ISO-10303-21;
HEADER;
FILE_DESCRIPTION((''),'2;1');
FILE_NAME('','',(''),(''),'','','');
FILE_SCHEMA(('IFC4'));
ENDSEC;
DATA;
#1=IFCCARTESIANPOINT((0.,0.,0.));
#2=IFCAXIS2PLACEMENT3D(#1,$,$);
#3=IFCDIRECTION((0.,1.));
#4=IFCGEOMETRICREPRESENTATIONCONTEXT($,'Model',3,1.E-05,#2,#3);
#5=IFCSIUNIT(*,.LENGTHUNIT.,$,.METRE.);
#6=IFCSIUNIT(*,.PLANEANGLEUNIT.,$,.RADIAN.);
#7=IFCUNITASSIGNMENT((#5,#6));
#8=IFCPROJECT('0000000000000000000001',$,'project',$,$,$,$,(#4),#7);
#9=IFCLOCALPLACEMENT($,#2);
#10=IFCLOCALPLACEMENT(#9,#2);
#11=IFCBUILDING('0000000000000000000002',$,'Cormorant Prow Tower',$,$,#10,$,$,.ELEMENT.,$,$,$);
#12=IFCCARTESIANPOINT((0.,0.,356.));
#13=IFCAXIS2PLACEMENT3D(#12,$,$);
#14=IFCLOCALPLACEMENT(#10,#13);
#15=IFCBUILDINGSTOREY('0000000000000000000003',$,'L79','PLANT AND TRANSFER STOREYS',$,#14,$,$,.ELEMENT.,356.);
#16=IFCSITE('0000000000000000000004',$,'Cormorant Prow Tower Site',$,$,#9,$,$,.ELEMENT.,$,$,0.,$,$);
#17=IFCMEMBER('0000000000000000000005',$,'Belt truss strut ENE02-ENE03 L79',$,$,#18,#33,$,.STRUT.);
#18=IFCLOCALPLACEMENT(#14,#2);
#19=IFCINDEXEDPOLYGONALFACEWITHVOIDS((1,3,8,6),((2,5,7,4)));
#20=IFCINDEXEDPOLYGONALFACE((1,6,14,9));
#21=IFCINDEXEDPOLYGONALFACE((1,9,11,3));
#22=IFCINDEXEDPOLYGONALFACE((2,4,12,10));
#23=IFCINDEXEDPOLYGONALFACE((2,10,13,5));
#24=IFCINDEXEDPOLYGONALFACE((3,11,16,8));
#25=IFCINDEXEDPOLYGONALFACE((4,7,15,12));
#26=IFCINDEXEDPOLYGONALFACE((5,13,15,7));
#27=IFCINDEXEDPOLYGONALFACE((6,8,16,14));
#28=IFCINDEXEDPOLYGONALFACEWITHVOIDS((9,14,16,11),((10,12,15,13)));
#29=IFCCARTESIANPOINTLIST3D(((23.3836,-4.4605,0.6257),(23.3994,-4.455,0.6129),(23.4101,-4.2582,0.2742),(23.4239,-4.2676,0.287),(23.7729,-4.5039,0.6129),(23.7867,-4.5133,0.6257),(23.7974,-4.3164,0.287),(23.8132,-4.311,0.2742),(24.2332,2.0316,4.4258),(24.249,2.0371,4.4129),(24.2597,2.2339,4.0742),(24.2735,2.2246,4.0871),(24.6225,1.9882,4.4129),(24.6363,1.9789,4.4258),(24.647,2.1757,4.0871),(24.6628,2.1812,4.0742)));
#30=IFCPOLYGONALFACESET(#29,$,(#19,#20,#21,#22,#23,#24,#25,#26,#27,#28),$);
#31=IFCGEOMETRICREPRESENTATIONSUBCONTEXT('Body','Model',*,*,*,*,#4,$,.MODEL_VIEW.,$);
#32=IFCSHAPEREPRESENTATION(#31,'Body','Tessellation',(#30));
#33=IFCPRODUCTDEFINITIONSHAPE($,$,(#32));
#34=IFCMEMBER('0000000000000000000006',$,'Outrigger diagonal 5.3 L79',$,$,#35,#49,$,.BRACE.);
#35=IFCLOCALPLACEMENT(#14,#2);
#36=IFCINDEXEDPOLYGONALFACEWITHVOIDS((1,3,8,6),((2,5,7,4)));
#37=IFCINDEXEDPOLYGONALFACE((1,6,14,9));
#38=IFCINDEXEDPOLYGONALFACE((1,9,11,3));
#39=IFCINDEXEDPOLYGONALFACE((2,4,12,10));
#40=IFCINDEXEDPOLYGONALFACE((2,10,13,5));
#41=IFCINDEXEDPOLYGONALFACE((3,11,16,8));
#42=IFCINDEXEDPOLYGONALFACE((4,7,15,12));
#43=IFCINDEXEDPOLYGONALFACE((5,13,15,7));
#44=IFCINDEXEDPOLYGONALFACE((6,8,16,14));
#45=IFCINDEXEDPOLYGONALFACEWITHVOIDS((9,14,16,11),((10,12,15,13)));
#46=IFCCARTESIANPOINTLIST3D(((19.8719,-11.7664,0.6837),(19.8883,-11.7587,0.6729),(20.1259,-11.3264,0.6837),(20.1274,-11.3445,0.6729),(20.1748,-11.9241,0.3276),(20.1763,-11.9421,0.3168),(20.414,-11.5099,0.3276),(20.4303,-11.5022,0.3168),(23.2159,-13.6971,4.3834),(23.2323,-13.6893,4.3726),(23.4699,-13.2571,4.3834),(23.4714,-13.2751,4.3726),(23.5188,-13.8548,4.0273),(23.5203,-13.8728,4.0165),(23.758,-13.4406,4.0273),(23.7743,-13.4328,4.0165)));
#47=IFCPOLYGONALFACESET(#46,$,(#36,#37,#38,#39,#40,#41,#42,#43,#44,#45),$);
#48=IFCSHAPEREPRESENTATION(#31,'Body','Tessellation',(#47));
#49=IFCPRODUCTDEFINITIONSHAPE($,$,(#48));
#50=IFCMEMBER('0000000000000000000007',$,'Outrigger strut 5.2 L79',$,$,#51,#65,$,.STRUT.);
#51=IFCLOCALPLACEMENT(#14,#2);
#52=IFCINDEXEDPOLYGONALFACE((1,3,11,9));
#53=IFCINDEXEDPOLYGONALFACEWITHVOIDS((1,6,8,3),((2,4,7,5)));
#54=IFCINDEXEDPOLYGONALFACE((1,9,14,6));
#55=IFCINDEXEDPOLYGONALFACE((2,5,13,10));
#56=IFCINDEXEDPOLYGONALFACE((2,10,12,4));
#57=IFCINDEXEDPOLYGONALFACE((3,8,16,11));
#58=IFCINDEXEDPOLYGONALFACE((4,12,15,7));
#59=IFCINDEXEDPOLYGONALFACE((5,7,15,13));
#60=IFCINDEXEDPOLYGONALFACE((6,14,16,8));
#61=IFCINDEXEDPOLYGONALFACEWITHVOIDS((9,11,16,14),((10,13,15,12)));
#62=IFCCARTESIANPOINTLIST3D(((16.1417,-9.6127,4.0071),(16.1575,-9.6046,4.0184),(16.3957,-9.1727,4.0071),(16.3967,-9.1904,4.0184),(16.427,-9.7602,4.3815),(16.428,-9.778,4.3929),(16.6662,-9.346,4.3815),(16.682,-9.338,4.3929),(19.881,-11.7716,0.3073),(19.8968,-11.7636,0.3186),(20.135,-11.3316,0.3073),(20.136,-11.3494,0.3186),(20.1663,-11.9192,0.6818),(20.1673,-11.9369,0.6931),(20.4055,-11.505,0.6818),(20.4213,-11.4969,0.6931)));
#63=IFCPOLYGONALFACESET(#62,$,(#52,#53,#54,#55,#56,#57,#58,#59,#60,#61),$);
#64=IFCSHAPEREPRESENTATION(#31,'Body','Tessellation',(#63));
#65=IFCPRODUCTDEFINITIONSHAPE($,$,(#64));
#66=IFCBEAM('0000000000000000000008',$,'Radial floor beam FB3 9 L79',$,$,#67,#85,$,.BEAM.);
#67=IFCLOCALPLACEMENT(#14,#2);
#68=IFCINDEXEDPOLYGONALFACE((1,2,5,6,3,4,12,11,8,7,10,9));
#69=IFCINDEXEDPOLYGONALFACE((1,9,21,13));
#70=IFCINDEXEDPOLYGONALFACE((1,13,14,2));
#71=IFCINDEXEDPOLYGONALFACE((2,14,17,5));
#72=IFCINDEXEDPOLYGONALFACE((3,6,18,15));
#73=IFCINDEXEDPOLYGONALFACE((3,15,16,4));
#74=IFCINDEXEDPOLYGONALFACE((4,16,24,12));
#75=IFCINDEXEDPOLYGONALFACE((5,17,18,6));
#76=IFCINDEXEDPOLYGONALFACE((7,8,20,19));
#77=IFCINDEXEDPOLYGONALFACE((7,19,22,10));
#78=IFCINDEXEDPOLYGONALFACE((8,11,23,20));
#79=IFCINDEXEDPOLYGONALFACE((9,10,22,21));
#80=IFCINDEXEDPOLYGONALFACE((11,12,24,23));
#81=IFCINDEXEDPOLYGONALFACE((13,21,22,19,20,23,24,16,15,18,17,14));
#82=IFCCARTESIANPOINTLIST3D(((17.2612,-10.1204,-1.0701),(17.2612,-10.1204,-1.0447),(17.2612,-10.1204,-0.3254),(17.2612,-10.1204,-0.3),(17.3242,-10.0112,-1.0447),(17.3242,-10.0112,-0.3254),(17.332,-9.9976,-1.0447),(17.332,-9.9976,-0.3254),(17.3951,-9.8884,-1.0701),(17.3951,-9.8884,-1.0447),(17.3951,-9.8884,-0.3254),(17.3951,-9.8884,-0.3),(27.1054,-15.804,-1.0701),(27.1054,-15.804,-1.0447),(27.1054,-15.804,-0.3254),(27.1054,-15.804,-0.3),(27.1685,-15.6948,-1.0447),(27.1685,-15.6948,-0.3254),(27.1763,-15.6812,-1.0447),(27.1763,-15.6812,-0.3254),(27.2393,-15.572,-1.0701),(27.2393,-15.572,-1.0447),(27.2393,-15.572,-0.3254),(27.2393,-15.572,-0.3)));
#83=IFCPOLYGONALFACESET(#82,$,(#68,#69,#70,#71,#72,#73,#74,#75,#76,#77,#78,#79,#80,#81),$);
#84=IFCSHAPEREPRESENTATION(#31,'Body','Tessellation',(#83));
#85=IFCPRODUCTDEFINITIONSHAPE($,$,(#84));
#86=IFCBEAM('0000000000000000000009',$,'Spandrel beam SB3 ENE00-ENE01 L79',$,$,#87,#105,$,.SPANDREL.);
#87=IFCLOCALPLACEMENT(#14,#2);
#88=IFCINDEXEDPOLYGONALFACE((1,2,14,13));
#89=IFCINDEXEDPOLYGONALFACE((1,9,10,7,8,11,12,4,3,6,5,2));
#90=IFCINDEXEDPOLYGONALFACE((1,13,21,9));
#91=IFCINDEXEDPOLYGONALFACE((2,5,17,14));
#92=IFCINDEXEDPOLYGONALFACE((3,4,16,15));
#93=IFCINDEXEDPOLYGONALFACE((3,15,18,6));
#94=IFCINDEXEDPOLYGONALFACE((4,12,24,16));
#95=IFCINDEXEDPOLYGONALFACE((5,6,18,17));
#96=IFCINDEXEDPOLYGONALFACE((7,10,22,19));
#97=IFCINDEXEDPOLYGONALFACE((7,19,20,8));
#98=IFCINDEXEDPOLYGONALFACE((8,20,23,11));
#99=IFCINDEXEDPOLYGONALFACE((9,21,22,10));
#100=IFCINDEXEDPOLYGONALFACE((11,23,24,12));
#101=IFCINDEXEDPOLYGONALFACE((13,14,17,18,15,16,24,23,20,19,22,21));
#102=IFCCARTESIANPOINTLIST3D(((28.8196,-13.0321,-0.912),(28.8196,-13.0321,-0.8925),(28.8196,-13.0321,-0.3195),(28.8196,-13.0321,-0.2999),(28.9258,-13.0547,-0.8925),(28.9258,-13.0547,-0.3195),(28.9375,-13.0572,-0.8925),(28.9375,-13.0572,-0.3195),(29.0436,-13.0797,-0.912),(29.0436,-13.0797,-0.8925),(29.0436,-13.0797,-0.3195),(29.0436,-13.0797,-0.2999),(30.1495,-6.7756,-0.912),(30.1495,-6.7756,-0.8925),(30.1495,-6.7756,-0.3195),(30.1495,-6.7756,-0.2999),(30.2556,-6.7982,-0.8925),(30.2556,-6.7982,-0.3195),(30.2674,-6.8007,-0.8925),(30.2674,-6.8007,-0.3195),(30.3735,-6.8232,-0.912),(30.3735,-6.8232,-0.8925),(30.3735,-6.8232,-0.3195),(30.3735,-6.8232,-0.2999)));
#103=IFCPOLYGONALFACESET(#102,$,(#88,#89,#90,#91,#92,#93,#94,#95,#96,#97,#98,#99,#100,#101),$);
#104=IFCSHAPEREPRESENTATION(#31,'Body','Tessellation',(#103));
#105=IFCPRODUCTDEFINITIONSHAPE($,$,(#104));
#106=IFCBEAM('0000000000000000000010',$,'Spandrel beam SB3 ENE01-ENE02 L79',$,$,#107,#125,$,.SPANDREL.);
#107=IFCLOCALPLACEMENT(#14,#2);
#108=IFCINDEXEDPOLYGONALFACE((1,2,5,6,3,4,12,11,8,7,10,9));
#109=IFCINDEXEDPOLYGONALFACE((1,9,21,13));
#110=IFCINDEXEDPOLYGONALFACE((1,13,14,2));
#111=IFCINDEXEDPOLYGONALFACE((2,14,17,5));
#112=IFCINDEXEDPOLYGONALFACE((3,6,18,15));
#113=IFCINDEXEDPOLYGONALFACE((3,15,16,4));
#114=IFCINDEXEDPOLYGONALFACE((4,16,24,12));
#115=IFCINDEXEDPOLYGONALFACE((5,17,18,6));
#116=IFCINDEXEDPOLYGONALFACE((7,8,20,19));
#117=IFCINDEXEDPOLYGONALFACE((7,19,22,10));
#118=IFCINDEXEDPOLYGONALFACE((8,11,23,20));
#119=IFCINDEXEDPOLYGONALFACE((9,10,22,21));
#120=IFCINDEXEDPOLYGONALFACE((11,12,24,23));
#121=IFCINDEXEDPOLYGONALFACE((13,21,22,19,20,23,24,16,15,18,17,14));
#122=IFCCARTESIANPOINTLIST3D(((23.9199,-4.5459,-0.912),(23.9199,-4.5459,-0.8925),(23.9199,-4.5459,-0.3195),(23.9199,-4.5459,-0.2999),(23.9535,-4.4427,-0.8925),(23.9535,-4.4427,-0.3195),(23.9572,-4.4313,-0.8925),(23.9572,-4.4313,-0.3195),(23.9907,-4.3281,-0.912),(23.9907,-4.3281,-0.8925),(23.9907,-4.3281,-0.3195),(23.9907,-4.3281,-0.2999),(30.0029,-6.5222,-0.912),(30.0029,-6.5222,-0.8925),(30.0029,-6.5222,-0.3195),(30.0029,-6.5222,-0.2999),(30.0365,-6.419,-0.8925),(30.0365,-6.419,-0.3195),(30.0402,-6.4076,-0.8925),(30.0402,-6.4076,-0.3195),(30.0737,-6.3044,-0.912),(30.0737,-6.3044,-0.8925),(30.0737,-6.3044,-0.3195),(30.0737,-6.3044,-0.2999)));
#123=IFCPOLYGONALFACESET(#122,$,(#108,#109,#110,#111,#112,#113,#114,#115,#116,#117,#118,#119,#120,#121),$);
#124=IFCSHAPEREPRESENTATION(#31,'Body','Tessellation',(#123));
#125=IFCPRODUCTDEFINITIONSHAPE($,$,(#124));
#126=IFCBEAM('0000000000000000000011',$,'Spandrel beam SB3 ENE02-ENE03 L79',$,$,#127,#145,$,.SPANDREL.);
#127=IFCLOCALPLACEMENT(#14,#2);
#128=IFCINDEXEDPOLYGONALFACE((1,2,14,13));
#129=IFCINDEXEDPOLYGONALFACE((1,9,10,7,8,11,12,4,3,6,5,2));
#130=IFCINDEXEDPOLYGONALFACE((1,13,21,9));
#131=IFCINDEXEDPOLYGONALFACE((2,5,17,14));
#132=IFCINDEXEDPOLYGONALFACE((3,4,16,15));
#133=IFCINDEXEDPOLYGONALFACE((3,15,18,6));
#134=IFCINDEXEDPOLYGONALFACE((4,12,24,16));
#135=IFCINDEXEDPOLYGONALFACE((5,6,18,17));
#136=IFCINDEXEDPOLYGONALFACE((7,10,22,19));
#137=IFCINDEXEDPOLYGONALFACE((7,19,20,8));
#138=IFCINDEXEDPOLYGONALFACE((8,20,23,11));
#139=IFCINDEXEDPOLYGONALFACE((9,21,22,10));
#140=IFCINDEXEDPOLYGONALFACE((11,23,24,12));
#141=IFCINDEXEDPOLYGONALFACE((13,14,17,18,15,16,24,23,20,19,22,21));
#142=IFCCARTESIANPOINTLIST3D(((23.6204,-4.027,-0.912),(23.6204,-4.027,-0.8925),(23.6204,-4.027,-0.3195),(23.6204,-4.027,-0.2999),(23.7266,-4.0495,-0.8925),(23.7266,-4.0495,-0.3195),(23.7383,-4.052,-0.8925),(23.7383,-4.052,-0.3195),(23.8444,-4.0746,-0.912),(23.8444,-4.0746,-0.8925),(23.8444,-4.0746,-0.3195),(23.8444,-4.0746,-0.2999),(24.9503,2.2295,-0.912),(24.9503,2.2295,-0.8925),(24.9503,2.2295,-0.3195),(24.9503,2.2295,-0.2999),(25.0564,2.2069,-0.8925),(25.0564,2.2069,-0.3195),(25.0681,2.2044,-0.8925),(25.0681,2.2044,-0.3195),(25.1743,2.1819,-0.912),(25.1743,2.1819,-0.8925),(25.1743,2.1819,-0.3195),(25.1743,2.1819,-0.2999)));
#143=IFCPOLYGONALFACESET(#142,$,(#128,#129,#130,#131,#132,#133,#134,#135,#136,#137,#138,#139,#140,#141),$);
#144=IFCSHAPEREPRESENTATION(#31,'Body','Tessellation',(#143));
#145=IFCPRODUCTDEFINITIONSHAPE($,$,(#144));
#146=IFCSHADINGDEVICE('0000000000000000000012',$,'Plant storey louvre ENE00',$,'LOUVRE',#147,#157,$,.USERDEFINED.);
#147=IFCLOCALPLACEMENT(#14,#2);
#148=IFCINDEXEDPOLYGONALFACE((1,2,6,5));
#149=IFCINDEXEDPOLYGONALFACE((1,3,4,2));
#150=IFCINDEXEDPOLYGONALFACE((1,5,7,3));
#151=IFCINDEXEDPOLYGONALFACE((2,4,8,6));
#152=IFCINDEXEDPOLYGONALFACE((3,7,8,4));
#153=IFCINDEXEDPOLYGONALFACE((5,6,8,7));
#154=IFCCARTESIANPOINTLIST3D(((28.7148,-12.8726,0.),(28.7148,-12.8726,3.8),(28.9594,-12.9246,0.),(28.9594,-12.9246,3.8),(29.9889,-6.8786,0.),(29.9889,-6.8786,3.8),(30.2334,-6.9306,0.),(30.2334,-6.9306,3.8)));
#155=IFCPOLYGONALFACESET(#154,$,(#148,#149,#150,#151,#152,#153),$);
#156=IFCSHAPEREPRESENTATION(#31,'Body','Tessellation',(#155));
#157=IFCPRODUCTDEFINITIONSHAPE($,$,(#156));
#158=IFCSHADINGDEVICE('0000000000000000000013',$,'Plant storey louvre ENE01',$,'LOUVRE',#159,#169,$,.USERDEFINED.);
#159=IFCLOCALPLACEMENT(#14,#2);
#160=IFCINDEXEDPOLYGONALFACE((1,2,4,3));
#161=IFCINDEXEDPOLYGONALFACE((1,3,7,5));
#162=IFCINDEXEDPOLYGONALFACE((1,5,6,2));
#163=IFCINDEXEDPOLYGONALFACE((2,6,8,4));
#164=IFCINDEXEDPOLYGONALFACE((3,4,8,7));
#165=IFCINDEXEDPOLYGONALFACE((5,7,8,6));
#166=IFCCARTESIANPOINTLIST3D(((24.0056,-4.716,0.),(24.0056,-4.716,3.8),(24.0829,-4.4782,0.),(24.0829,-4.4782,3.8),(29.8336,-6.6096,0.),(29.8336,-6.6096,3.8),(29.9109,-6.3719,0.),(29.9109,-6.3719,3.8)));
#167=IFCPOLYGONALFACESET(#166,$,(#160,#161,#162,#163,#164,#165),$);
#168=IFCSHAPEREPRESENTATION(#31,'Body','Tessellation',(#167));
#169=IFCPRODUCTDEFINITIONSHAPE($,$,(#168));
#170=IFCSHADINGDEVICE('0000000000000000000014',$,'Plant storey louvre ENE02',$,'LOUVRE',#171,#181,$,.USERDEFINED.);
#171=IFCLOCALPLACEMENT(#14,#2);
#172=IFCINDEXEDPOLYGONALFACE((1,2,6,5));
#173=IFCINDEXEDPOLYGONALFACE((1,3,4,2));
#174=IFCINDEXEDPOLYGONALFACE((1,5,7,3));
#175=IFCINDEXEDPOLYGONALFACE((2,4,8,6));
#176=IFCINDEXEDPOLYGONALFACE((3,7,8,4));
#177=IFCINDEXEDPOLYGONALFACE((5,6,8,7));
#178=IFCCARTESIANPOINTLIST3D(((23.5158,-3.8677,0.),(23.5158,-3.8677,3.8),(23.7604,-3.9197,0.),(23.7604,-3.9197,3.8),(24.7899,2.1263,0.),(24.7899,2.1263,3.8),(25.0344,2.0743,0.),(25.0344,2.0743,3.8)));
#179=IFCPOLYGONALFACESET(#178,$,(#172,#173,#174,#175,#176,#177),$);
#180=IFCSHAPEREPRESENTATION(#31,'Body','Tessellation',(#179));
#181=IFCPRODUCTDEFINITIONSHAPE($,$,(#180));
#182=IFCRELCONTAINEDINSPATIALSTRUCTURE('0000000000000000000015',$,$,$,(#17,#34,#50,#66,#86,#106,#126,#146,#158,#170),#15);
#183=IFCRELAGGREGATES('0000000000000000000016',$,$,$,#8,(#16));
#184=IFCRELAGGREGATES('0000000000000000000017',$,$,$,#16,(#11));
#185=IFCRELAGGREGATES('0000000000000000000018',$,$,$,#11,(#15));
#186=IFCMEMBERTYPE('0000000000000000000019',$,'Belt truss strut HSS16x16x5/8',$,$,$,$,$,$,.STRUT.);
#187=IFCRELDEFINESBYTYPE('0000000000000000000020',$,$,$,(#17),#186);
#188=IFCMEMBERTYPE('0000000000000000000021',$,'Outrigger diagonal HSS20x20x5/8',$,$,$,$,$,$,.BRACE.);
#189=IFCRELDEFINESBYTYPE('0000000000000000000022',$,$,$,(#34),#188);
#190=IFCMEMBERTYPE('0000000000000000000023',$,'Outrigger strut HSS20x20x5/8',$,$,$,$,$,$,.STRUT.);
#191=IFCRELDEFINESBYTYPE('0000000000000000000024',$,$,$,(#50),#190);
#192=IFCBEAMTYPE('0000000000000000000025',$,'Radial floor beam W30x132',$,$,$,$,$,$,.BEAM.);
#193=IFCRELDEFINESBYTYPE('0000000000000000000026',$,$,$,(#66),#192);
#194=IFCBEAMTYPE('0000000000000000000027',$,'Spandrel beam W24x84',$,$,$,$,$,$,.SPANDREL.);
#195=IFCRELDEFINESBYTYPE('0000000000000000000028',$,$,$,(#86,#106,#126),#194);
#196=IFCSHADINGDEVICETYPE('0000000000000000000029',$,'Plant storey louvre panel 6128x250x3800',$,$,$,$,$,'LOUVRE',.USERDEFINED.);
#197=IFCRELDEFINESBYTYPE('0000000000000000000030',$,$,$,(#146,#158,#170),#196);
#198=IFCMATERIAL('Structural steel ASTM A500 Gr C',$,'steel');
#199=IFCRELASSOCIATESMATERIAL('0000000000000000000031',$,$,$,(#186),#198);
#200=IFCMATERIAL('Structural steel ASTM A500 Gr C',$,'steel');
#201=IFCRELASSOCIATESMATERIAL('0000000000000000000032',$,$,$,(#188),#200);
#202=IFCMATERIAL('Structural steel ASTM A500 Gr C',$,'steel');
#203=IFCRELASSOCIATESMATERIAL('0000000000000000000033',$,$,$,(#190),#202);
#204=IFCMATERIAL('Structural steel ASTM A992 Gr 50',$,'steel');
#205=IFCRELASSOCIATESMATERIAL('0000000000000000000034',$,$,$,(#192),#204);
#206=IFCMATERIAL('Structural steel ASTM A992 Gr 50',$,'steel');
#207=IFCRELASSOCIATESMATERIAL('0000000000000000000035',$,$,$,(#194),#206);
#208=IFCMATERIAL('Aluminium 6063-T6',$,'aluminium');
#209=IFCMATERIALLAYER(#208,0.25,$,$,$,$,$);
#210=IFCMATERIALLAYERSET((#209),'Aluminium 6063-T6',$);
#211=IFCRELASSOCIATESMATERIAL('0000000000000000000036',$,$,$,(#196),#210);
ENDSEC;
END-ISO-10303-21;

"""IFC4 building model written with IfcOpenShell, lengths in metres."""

from ifc_helpers import new_model, si_unit, direction, frame, origin, origin_2d, place, context, subcontext, project, spatial, rectangle, hollow_rectangle, i_section, extrude, material, layer, layer_set, material_profile, profile_set, type_object, element, save


model = new_model("IFC4")

# Units and contexts
model_context = context("Model", 3, precision=1e-05, world=origin(), true_north=direction((0.0, 1.0)))
body_context = subcontext(model_context, "Body", "Model", "MODEL_VIEW")
ifc_project = project(units=[si_unit("LENGTHUNIT", "METRE"), si_unit("PLANEANGLEUNIT", "RADIAN")], contexts=[model_context])

# Site, building, storey
site_placement = place(None, origin())
site = spatial("IfcSite", under=ifc_project, at=site_placement, Name="Cormorant Prow Tower Site", CompositionType="ELEMENT", RefElevation=0.0)
building_placement = place(site_placement, origin())
building = spatial("IfcBuilding", under=site, at=building_placement, Name="Cormorant Prow Tower", CompositionType="ELEMENT")
storey_placement = place(building_placement, frame((0.0, 0.0, 356.0)))
storey = spatial("IfcBuildingStorey", under=building, at=storey_placement, Name="L79", Description="PLANT AND TRANSFER STOREYS", CompositionType="ELEMENT", Elevation=356.0)

# Members
ifc_material_1 = material(Name="Structural steel ASTM A500 Gr C", Category="steel")
ifc_material_profile_1 = material_profile(ifc_material_1, hollow_rectangle(XDim=0.4065, YDim=0.4065, WallThickness=0.0149, at=origin_2d()), Name="HSS16x16x5/8")
ifc_profile_set_1 = profile_set([ifc_material_profile_1], Name="Structural steel ASTM A500 Gr C")
member_type_1 = type_object("IfcMemberType", Name="Belt truss strut HSS16x16x5/8", PredefinedType="STRUT", material=ifc_profile_set_1)
member_1_placement = place(storey_placement, frame((23.5984, -4.3857, 0.45), z_axis=(0.112228, 0.857577, 0.501963), x_axis=(-0.991545, 0.12976, 0.0)))
element("IfcMember", 1, at=member_1_placement, inside=storey, type_object=member_type_1, Name="Belt truss strut ENE02-ENE03 L79", PredefinedType="STRUT", context=body_context, shape_type="SweptSolid", body=[
    extrude(hollow_rectangle(XDim=0.4065, YDim=0.4065, WallThickness=0.0149, at=origin_2d()), origin(), (0.0, 0.0, 1.0), 7.5703),
])
ifc_material_2 = material(Name="Structural steel ASTM A500 Gr C", Category="steel")
ifc_material_profile_2 = material_profile(ifc_material_2, hollow_rectangle(XDim=0.5081, YDim=0.5081, WallThickness=0.0149, at=origin_2d()), Name="HSS20x20x5/8")
ifc_profile_set_2 = profile_set([ifc_material_profile_2], Name="Structural steel ASTM A500 Gr C")
member_type_2 = type_object("IfcMemberType", Name="Outrigger diagonal HSS20x20x5/8", PredefinedType="BRACE", material=ifc_profile_set_2)
member_2_placement = place(storey_placement, frame((20.1511, -11.6343, 0.5002), z_axis=(0.625318, -0.361029, 0.691835), x_axis=(0.500002, 0.866024, 0.0)))
element("IfcMember", 2, at=member_2_placement, inside=storey, type_object=member_type_2, Name="Outrigger diagonal 5.3 L79", PredefinedType="BRACE", context=body_context, shape_type="SweptSolid", body=[
    extrude(hollow_rectangle(XDim=0.5081, YDim=0.5081, WallThickness=0.0149, at=origin_2d()), origin(), (0.0, 0.0, 1.0), 5.3477),
])
ifc_material_3 = material(Name="Structural steel ASTM A500 Gr C", Category="steel")
ifc_material_profile_3 = material_profile(ifc_material_3, hollow_rectangle(XDim=0.5081, YDim=0.5081, WallThickness=0.0149, at=origin_2d()), Name="HSS20x20x5/8")
ifc_profile_set_3 = profile_set([ifc_material_profile_3], Name="Structural steel ASTM A500 Gr C")
member_type_3 = type_object("IfcMemberType", Name="Outrigger strut HSS20x20x5/8", PredefinedType="STRUT", material=ifc_profile_set_3)
member_3_placement = place(storey_placement, frame((16.4119, -9.4753, 4.2), z_axis=(0.657622, -0.379692, -0.650667), x_axis=(0.500013, 0.866018, 0.0)))
element("IfcMember", 3, at=member_3_placement, inside=storey, type_object=member_type_3, Name="Outrigger strut 5.2 L79", PredefinedType="STRUT", context=body_context, shape_type="SweptSolid", body=[
    extrude(hollow_rectangle(XDim=0.5081, YDim=0.5081, WallThickness=0.0149, at=origin_2d()), origin(), (0.0, 0.0, 1.0), 5.686),
])

# Beams
ifc_material_4 = material(Name="Structural steel ASTM A992 Gr 50", Category="steel")
ifc_material_profile_4 = material_profile(ifc_material_4, i_section(OverallWidth=0.2678, OverallDepth=0.77, WebThickness=0.0156, FlangeThickness=0.0254, at=origin_2d()), Name="W30x132")
ifc_profile_set_4 = profile_set([ifc_material_profile_4], Name="Structural steel ASTM A992 Gr 50")
beam_type_1 = type_object("IfcBeamType", Name="Radial floor beam W30x132", PredefinedType="BEAM", material=ifc_profile_set_4)
beam_1_placement = place(storey_placement, frame((17.3281, -10.0044, -0.6851), z_axis=(0.866025, -0.500001, 0.0), x_axis=(0.500001, 0.866025, 0.0)))
element("IfcBeam", 4, at=beam_1_placement, inside=storey, type_object=beam_type_1, Name="Radial floor beam FB3 9 L79", PredefinedType="BEAM", context=body_context, shape_type="SweptSolid", body=[
    extrude(i_section(OverallWidth=0.2678, OverallDepth=0.77, WebThickness=0.0156, FlangeThickness=0.0254, at=origin_2d()), origin(), (0.0, 0.0, 1.0), 11.3672),
])
ifc_material_5 = material(Name="Structural steel ASTM A992 Gr 50", Category="steel")
ifc_material_profile_5 = material_profile(ifc_material_5, i_section(OverallWidth=0.229, OverallDepth=0.6121, WebThickness=0.012, FlangeThickness=0.0195, at=origin_2d()), Name="W24x84")
ifc_profile_set_5 = profile_set([ifc_material_profile_5], Name="Structural steel ASTM A992 Gr 50")
beam_type_2 = type_object("IfcBeamType", Name="Spandrel beam W24x84", PredefinedType="SPANDREL", material=ifc_profile_set_5)
beam_2_placement = place(storey_placement, frame((28.9316, -13.0559, -0.606), z_axis=(0.207913, 0.978147, 0.0), x_axis=(-0.978147, 0.207913, 0.0)))
element("IfcBeam", 5, at=beam_2_placement, inside=storey, type_object=beam_type_2, Name="Spandrel beam SB3 ENE00-ENE01 L79", PredefinedType="SPANDREL", context=body_context, shape_type="SweptSolid", body=[
    extrude(i_section(OverallWidth=0.229, OverallDepth=0.6121, WebThickness=0.012, FlangeThickness=0.0195, at=origin_2d()), origin(), (0.0, 0.0, 1.0), 6.3962),
])
beam_3_placement = place(storey_placement, frame((30.0383, -6.4133, -0.606), z_axis=(-0.951064, 0.308993, 0.0), x_axis=(-0.308993, -0.951064, 0.0)))
element("IfcBeam", 6, at=beam_3_placement, inside=storey, type_object=beam_type_2, Name="Spandrel beam SB3 ENE01-ENE02 L79", PredefinedType="SPANDREL", context=body_context, shape_type="SweptSolid", body=[
    extrude(i_section(OverallWidth=0.229, OverallDepth=0.6121, WebThickness=0.012, FlangeThickness=0.0195, at=origin_2d()), origin(), (0.0, 0.0, 1.0), 6.396),
])
beam_4_placement = place(storey_placement, frame((23.7324, -4.0508, -0.606), z_axis=(0.207913, 0.978147, 0.0), x_axis=(-0.978147, 0.207913, 0.0)))
element("IfcBeam", 7, at=beam_4_placement, inside=storey, type_object=beam_type_2, Name="Spandrel beam SB3 ENE02-ENE03 L79", PredefinedType="SPANDREL", context=body_context, shape_type="SweptSolid", body=[
    extrude(i_section(OverallWidth=0.229, OverallDepth=0.6121, WebThickness=0.012, FlangeThickness=0.0195, at=origin_2d()), origin(), (0.0, 0.0, 1.0), 6.3962),
])

# Shading devices
ifc_material_6 = material(Name="Aluminium 6063-T6", Category="aluminium")
ifc_layer = layer(ifc_material_6, 0.25)
ifc_layer_set = layer_set([ifc_layer], Name="Aluminium 6063-T6")
shading_device_type = type_object("IfcShadingDeviceType", Name="Plant storey louvre panel 6128x250x3800", ElementType="LOUVRE", PredefinedType="USERDEFINED", material=ifc_layer_set)
for number, where, z_axis, x_axis, name in (
    (8, (29.4741, -9.9016, 0.0), (0.0, 0.0, 1.0), (0.207912, 0.978148, 0.0), "Plant storey louvre ENE00"),
    (9, (26.9583, -5.5439, 0.0), (0.0, 0.0, 1.0), (-0.951057, 0.309017, 0.0), "Plant storey louvre ENE01"),
    (10, (24.2751, -0.8967, 0.0), (0.0, 0.0, 1.0), (0.207912, 0.978148, 0.0), "Plant storey louvre ENE02"),
):
    element("IfcShadingDevice", number, at=place(storey_placement, frame(where, z_axis=z_axis, x_axis=x_axis)), inside=storey, type_object=shading_device_type, Name=name, ObjectType="LOUVRE", PredefinedType="USERDEFINED", context=body_context, shape_type="SweptSolid", body=[
        extrude(rectangle(XDim=6.1279, YDim=0.25, at=origin_2d()), origin(), (0.0, 0.0, 1.0), 3.8),
    ])

save(model, "model.ifc")
